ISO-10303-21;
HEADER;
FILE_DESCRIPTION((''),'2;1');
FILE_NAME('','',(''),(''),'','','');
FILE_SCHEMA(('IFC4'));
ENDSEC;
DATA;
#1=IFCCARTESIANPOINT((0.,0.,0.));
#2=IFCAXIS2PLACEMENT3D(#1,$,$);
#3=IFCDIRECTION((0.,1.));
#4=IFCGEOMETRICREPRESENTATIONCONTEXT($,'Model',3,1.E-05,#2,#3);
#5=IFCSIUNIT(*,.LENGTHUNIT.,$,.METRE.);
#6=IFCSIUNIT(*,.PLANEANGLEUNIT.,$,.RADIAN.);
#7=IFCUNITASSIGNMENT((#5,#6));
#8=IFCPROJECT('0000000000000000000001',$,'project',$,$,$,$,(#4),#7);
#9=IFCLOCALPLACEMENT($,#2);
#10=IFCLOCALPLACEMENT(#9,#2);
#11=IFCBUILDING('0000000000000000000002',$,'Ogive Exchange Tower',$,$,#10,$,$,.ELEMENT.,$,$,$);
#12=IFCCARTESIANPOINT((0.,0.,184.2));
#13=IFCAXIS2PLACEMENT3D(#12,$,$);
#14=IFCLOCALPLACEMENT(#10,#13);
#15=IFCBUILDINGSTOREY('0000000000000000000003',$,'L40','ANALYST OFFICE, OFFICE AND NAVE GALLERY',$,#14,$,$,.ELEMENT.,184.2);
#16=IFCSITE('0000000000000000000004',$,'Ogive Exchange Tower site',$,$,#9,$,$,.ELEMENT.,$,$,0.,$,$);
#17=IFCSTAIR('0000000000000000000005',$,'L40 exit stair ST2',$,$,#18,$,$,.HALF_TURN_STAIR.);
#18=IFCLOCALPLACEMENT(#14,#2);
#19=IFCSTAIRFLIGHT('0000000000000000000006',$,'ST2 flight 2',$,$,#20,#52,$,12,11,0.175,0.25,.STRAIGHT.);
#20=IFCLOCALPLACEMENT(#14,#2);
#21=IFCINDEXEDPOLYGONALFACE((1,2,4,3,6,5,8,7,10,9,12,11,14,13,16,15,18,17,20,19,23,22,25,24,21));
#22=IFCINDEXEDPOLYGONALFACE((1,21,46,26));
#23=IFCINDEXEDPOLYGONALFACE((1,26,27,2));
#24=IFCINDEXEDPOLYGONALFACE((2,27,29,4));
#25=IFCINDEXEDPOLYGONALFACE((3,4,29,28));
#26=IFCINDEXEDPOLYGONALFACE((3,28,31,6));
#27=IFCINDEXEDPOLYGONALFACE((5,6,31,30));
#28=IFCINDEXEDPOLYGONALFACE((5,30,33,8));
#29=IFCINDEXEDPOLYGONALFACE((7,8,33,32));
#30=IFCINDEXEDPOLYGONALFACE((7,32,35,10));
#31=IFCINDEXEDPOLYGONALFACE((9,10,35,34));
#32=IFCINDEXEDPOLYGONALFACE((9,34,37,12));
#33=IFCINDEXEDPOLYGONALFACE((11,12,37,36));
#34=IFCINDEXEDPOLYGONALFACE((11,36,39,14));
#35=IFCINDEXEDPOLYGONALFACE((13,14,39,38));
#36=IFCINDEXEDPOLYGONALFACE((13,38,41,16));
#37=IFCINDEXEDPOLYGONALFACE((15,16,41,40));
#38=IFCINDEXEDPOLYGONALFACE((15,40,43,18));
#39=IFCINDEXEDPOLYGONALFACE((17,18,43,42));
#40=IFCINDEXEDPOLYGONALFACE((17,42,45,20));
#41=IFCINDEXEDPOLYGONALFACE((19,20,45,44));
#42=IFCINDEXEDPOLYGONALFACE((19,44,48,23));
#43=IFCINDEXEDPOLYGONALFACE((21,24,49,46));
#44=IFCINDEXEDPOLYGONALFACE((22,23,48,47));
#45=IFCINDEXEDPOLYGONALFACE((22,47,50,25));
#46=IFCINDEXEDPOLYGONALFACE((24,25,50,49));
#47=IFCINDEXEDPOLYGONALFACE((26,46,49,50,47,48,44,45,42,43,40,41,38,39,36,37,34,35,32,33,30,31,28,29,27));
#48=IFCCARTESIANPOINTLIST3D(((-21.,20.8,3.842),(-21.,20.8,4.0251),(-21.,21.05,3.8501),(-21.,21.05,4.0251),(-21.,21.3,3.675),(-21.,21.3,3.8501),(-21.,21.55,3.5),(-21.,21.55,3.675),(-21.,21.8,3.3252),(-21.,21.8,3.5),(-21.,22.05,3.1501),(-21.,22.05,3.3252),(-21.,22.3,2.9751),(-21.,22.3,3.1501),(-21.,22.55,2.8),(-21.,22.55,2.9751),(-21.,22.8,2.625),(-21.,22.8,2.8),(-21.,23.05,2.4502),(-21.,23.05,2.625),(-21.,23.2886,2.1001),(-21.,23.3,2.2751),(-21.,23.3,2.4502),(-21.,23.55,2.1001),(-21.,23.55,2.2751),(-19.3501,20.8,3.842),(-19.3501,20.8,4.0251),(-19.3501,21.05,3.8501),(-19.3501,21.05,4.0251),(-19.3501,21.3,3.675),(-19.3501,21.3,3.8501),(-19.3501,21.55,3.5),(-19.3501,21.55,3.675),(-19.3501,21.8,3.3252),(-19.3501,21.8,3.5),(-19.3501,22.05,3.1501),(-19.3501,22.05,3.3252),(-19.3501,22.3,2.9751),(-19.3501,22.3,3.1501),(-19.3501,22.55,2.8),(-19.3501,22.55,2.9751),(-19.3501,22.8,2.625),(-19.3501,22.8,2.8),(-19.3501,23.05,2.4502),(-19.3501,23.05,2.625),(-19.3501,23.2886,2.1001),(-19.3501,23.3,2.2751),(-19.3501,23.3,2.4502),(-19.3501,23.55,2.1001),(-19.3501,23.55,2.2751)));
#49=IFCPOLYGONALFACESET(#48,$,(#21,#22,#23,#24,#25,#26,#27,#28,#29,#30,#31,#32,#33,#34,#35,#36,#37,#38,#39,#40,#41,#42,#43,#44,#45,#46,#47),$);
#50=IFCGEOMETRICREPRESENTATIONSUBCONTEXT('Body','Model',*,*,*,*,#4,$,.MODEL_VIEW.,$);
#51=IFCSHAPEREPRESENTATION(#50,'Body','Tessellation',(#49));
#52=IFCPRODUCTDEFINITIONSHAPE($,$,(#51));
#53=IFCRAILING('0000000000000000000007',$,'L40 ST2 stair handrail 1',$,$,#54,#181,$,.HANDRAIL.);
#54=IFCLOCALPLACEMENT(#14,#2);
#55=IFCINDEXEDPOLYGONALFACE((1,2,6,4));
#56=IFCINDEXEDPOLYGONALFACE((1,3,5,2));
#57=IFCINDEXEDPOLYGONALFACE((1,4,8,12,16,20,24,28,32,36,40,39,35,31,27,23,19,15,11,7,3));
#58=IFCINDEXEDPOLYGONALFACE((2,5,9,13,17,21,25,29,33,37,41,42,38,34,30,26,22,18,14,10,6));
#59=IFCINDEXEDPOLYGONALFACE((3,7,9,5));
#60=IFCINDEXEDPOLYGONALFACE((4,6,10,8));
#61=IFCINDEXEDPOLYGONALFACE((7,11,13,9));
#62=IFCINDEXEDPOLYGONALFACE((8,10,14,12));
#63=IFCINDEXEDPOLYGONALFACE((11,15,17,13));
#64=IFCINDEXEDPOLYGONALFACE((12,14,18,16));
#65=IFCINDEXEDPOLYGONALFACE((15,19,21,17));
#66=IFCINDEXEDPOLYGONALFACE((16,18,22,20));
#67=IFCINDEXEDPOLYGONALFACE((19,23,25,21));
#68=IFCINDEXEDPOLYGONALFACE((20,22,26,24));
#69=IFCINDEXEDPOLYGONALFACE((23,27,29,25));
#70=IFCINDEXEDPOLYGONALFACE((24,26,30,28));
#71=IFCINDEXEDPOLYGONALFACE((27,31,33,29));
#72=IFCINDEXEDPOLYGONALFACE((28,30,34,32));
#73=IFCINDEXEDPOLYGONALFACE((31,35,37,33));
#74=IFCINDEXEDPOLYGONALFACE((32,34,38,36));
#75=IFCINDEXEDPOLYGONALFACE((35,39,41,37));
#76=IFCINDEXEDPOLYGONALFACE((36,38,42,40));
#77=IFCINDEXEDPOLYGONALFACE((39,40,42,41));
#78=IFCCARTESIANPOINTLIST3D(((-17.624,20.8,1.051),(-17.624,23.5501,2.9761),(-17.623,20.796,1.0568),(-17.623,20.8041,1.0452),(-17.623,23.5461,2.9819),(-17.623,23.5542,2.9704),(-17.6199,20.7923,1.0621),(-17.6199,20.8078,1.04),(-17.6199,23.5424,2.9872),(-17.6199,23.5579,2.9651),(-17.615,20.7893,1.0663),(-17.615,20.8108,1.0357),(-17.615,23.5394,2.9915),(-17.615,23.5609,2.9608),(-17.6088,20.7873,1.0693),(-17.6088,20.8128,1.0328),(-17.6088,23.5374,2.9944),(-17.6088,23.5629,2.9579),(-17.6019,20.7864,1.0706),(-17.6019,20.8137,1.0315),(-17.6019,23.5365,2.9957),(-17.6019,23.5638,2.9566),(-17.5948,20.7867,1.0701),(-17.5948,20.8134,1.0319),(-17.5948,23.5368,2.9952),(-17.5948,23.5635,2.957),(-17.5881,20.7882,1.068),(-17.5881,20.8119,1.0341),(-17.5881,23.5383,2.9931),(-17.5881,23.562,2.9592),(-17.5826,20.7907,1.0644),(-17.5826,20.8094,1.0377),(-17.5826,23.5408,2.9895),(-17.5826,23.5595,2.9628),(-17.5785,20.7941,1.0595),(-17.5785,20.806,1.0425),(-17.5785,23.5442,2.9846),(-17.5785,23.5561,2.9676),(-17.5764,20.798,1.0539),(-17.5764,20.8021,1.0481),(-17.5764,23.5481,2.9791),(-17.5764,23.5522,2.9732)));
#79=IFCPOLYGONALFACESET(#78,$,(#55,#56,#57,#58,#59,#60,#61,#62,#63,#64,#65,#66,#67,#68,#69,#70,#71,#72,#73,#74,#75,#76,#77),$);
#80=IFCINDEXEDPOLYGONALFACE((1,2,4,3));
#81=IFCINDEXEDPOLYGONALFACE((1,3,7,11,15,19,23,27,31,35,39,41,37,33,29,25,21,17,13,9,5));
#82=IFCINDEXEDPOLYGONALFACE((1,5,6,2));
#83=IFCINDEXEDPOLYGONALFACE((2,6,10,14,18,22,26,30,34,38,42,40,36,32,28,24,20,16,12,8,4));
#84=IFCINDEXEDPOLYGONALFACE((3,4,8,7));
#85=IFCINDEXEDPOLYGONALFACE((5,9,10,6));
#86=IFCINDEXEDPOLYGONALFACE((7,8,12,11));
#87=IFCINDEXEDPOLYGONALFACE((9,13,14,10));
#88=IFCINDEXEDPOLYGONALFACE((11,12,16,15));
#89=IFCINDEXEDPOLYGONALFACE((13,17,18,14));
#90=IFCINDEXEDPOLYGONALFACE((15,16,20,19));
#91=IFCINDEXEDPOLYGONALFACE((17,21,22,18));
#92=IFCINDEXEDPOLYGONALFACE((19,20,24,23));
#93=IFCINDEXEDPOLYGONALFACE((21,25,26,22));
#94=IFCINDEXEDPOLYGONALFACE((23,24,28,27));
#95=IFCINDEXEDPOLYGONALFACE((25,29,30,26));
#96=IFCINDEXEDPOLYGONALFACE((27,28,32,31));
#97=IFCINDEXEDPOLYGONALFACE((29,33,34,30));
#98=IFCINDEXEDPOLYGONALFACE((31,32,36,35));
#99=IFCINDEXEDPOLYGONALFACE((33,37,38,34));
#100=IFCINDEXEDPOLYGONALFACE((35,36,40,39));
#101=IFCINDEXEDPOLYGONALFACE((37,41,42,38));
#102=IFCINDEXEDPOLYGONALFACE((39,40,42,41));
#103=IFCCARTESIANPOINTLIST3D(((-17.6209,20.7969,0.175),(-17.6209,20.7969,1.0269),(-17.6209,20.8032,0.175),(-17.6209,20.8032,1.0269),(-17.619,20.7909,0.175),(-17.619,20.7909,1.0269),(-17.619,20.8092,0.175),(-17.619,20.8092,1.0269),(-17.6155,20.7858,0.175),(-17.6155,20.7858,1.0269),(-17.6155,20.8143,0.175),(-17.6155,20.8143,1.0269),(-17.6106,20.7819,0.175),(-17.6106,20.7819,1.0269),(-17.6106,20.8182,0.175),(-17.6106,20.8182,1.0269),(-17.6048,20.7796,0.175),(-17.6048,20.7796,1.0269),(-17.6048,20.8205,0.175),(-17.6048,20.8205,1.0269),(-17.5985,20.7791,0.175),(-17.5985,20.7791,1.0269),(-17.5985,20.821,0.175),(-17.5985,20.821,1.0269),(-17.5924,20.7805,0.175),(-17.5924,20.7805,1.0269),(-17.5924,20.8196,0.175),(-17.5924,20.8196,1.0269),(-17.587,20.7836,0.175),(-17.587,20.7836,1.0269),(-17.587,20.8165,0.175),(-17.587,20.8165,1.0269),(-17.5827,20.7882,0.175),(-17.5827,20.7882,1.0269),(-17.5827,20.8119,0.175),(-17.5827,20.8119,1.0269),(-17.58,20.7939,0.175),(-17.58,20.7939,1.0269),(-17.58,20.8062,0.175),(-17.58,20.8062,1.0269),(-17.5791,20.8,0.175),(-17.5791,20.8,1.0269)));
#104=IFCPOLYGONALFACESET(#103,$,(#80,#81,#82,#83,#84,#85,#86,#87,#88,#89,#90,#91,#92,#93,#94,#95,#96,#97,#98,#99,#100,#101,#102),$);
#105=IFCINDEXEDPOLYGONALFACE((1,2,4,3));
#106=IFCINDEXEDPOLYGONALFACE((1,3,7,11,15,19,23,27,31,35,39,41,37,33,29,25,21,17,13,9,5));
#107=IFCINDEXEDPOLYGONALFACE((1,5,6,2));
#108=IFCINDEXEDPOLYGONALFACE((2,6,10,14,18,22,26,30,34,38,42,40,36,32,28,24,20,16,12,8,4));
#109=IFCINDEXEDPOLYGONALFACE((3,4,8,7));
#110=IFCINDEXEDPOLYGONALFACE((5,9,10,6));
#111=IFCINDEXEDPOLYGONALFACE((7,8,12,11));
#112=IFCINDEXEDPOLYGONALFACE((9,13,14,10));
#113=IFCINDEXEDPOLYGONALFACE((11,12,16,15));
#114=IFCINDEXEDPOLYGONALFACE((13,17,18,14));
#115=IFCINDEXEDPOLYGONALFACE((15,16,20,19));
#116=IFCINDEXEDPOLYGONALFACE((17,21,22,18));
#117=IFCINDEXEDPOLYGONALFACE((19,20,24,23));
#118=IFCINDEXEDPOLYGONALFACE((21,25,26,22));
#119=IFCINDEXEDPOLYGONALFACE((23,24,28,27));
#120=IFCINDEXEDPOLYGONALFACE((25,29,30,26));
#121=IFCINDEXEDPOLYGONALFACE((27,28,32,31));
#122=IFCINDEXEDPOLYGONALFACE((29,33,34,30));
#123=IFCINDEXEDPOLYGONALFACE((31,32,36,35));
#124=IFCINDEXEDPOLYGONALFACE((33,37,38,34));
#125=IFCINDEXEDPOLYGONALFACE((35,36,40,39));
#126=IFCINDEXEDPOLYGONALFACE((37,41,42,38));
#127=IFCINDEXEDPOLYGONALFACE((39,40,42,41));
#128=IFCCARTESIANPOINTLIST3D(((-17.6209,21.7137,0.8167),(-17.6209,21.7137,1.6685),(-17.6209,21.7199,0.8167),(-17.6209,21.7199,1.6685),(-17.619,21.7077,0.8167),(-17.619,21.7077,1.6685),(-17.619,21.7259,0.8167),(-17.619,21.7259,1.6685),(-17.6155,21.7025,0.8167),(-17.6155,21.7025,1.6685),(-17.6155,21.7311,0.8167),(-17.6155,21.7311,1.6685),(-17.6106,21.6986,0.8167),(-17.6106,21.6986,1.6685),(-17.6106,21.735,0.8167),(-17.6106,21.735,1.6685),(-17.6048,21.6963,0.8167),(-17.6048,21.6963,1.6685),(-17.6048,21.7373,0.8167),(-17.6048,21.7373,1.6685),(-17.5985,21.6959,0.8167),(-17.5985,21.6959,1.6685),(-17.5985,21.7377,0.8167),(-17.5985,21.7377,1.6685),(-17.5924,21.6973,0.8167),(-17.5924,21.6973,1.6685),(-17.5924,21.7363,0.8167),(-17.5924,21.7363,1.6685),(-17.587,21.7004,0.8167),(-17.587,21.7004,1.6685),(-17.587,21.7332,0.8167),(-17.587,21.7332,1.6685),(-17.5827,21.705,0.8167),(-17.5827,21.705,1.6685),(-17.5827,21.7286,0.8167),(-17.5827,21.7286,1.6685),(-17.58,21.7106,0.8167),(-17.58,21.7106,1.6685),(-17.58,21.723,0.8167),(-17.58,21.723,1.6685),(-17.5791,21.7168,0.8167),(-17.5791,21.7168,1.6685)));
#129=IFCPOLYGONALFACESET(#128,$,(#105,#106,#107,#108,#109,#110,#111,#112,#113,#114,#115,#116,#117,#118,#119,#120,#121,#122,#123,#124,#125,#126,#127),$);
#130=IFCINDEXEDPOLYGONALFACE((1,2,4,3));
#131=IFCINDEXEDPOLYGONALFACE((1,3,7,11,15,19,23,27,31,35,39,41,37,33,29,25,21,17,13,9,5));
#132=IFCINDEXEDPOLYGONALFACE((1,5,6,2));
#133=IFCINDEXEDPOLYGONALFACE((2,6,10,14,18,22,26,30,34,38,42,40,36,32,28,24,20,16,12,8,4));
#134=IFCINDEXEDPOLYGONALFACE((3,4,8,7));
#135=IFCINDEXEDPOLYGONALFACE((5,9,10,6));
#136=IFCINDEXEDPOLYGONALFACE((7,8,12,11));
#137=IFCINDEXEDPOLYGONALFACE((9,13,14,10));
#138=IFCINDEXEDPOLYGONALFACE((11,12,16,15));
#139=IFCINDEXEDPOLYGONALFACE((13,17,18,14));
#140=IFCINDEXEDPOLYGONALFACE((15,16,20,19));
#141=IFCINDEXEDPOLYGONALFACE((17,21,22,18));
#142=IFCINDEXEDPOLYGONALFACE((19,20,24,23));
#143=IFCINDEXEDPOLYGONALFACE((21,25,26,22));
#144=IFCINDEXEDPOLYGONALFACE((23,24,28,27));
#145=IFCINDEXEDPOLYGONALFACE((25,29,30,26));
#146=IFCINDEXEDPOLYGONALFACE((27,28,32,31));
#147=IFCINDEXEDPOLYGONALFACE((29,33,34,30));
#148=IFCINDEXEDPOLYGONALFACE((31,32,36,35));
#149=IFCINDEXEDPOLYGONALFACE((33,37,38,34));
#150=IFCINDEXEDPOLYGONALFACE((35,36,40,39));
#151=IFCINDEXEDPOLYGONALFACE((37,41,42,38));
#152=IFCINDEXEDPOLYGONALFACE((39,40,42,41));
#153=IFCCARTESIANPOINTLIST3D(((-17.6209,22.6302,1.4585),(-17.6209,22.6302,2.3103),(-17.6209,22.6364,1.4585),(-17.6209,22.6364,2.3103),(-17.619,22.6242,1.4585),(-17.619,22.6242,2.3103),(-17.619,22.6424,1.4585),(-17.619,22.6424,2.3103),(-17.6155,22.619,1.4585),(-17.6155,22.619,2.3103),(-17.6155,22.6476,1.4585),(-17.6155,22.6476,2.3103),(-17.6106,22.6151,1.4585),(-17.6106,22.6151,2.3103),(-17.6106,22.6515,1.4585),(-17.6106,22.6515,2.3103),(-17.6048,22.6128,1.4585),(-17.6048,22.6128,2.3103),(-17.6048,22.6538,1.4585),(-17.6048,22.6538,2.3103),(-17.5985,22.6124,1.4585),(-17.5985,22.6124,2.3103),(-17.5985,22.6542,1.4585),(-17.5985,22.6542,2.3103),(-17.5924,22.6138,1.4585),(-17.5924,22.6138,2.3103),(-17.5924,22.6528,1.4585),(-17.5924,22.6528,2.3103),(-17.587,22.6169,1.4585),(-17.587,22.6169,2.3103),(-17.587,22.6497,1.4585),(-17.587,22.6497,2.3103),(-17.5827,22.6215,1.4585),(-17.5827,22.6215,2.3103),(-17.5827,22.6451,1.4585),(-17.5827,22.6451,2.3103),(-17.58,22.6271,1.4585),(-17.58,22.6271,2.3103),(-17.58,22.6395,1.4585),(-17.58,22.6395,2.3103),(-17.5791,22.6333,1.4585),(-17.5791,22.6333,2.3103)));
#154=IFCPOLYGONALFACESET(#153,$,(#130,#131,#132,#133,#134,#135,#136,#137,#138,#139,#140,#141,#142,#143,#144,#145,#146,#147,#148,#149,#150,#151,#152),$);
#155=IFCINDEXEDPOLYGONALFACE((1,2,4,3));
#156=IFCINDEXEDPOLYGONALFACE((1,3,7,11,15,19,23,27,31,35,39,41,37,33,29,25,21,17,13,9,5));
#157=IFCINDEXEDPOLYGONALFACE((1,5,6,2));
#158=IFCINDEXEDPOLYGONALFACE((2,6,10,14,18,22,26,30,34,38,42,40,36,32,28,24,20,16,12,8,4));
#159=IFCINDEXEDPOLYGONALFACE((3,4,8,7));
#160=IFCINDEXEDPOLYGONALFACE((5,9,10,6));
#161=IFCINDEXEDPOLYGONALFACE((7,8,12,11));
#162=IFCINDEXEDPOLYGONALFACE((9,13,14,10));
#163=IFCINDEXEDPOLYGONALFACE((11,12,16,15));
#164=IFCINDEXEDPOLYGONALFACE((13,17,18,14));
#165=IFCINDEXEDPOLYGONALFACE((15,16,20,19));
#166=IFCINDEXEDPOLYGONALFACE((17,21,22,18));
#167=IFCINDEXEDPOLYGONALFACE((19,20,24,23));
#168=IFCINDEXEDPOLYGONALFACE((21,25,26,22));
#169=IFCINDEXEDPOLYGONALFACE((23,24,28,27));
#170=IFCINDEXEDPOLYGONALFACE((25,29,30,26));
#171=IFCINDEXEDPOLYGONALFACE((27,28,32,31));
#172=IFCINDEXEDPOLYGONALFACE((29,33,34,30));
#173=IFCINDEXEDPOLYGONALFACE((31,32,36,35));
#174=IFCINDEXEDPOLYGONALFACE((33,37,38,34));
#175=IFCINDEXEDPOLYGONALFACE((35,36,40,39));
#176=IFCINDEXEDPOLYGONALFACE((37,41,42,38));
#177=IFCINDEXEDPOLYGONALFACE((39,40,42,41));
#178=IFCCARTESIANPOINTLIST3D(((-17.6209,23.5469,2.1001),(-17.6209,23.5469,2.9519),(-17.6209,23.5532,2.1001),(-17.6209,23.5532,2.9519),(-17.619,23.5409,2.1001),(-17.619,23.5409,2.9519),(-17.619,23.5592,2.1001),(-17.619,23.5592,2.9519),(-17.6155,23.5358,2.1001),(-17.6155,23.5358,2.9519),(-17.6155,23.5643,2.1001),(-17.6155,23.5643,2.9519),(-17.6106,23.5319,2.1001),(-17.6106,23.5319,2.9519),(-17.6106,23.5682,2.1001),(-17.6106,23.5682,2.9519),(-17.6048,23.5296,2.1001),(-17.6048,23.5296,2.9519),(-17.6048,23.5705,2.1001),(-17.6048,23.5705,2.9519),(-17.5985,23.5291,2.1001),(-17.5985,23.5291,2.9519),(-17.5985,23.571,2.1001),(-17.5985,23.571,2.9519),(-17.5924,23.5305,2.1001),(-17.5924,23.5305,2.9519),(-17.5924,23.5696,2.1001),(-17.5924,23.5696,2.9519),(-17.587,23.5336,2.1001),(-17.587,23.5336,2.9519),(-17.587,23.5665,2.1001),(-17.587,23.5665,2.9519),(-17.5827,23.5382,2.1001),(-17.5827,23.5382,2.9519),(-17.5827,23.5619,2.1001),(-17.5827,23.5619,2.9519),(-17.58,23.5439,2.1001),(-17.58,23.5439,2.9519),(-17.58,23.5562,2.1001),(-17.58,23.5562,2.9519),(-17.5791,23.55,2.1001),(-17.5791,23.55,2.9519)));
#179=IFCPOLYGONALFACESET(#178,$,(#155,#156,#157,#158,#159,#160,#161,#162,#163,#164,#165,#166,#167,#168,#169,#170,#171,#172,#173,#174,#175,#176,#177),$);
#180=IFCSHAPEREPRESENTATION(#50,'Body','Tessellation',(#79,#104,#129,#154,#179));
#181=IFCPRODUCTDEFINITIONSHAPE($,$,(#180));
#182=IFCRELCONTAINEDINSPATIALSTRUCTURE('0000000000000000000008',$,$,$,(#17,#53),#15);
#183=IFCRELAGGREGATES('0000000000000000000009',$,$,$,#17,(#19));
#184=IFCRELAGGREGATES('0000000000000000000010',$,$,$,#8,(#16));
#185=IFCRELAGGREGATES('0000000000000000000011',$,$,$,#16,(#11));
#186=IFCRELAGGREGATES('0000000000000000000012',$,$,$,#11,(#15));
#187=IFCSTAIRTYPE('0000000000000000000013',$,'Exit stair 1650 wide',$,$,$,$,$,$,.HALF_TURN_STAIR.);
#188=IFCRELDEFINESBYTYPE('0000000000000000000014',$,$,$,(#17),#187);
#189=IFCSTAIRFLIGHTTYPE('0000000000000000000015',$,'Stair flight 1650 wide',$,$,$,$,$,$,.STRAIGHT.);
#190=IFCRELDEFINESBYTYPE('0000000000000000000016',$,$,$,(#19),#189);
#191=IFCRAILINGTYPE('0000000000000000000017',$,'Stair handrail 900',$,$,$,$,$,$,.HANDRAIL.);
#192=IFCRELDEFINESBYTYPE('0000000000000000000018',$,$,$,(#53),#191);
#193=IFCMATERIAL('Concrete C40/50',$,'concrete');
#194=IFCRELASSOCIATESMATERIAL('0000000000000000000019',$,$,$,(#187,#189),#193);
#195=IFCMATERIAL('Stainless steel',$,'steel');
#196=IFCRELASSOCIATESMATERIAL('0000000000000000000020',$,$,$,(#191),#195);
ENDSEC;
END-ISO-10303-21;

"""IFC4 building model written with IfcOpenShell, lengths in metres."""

from ifc_helpers import new_model, si_unit, direction, frame, origin, origin_2d, place, context, subcontext, project, spatial, polyline, circle, outline, extrude, material, type_object, element, aggregate, save


model = new_model("IFC4")

# Units and contexts
model_context = context("Model", 3, precision=1e-05, world=origin(), true_north=direction((0.0, 1.0)))
body_context = subcontext(model_context, "Body", "Model", "MODEL_VIEW")
ifc_project = project(units=[si_unit("LENGTHUNIT", "METRE"), si_unit("PLANEANGLEUNIT", "RADIAN")], contexts=[model_context])

# Site, building, storey
site_placement = place(None, origin())
site = spatial("IfcSite", under=ifc_project, at=site_placement, Name="Ogive Exchange Tower site", CompositionType="ELEMENT", RefElevation=0.0)
building_placement = place(site_placement, origin())
building = spatial("IfcBuilding", under=site, at=building_placement, Name="Ogive Exchange Tower", CompositionType="ELEMENT")
storey_placement = place(building_placement, frame((0.0, 0.0, 184.2)))
storey = spatial("IfcBuildingStorey", under=building, at=storey_placement, Name="L40", Description="ANALYST OFFICE, OFFICE AND NAVE GALLERY", CompositionType="ELEMENT", Elevation=184.2)

# Stair, stair flight
ifc_material_1 = material(Name="Concrete C40/50", Category="concrete")
stair_type = type_object("IfcStairType", Name="Exit stair 1650 wide", PredefinedType="HALF_TURN_STAIR", material=ifc_material_1)
stair_placement = place(storey_placement, origin())
stair = element("IfcStair", 1, at=stair_placement, inside=storey, type_object=stair_type, Name="L40 exit stair ST2", PredefinedType="HALF_TURN_STAIR")
stair_flight_type = type_object("IfcStairFlightType", Name="Stair flight 1650 wide", PredefinedType="STRAIGHT", material=ifc_material_1)
stair_flight_1_placement = place(storey_placement, frame((-20.175, 23.55, 2.1001), z_axis=(0.0, 0.0, 1.0), x_axis=(0.0, -1.0, 0.0)))
stair_flight_1 = element("IfcStairFlight", 2, at=stair_flight_1_placement, type_object=stair_flight_type, Name="ST2 flight 2", NumberOfRisers=12, NumberOfTreads=11, PredefinedType="STRAIGHT", RiserHeight=0.175, TreadLength=0.25, context=body_context, shape_type="SweptSolid", body=[
    extrude(outline(polyline([(0.0, 0.0), (0.0, 0.175), (0.25, 0.175), (0.25, 0.3501), (0.5, 0.3501), (0.5, 0.5249), (0.75, 0.5249), (0.75, 0.7), (1.0, 0.7), (1.0, 0.875), (1.25, 0.875), (1.25, 1.05), (1.5, 1.05), (1.5, 1.2251), (1.75, 1.2251), (1.75, 1.3999), (2.0, 1.3999), (2.0, 1.575), (2.25, 1.575), (2.25, 1.75), (2.5, 1.75), (2.5, 1.925), (2.75, 1.925), (2.75, 2.1001), (2.75, 1.7419), (0.2615, 0.0), (0.0, 0.0)])), frame((0.0, 0.825, 0.0), z_axis=(0.0, -1.0, 0.0), x_axis=(1.0, 0.0, 0.0)), (0.0, 0.0, 1.0), 1.6499),
])
aggregate(stair, [stair_flight_1])

# Railing
ifc_material_2 = material(Name="Stainless steel", Category="steel")
railing_type = type_object("IfcRailingType", Name="Stair handrail 900", PredefinedType="HANDRAIL", material=ifc_material_2)
railing_placement = place(storey_placement, frame((-17.6001, 20.8, 0.175)))
element("IfcRailing", 3, at=railing_placement, inside=storey, type_object=railing_type, Name="L40 ST2 stair handrail 1", PredefinedType="HANDRAIL", context=body_context, shape_type="SweptSolid", body=[
    extrude(circle(Radius=0.0239, at=origin_2d()), frame((0.0, 0.0, 0.876), z_axis=(0.0, 0.819225, 0.573472), x_axis=(-1.0, 0.0, 0.0)), (0.0, 0.0, 1.0), 3.3569),
    extrude(circle(Radius=0.021, at=origin_2d()), origin(), (0.0, 0.0, 1.0), 0.8518),
    extrude(circle(Radius=0.021, at=origin_2d()), frame((0.0, 0.9167, 0.6416)), (0.0, 0.0, 1.0), 0.8518),
    extrude(circle(Radius=0.021, at=origin_2d()), frame((0.0, 1.8333, 1.2834)), (0.0, 0.0, 1.0), 0.8518),
    extrude(circle(Radius=0.021, at=origin_2d()), frame((0.0, 2.75, 1.925)), (0.0, 0.0, 1.0), 0.8518),
])

save(model, "model.ifc")
